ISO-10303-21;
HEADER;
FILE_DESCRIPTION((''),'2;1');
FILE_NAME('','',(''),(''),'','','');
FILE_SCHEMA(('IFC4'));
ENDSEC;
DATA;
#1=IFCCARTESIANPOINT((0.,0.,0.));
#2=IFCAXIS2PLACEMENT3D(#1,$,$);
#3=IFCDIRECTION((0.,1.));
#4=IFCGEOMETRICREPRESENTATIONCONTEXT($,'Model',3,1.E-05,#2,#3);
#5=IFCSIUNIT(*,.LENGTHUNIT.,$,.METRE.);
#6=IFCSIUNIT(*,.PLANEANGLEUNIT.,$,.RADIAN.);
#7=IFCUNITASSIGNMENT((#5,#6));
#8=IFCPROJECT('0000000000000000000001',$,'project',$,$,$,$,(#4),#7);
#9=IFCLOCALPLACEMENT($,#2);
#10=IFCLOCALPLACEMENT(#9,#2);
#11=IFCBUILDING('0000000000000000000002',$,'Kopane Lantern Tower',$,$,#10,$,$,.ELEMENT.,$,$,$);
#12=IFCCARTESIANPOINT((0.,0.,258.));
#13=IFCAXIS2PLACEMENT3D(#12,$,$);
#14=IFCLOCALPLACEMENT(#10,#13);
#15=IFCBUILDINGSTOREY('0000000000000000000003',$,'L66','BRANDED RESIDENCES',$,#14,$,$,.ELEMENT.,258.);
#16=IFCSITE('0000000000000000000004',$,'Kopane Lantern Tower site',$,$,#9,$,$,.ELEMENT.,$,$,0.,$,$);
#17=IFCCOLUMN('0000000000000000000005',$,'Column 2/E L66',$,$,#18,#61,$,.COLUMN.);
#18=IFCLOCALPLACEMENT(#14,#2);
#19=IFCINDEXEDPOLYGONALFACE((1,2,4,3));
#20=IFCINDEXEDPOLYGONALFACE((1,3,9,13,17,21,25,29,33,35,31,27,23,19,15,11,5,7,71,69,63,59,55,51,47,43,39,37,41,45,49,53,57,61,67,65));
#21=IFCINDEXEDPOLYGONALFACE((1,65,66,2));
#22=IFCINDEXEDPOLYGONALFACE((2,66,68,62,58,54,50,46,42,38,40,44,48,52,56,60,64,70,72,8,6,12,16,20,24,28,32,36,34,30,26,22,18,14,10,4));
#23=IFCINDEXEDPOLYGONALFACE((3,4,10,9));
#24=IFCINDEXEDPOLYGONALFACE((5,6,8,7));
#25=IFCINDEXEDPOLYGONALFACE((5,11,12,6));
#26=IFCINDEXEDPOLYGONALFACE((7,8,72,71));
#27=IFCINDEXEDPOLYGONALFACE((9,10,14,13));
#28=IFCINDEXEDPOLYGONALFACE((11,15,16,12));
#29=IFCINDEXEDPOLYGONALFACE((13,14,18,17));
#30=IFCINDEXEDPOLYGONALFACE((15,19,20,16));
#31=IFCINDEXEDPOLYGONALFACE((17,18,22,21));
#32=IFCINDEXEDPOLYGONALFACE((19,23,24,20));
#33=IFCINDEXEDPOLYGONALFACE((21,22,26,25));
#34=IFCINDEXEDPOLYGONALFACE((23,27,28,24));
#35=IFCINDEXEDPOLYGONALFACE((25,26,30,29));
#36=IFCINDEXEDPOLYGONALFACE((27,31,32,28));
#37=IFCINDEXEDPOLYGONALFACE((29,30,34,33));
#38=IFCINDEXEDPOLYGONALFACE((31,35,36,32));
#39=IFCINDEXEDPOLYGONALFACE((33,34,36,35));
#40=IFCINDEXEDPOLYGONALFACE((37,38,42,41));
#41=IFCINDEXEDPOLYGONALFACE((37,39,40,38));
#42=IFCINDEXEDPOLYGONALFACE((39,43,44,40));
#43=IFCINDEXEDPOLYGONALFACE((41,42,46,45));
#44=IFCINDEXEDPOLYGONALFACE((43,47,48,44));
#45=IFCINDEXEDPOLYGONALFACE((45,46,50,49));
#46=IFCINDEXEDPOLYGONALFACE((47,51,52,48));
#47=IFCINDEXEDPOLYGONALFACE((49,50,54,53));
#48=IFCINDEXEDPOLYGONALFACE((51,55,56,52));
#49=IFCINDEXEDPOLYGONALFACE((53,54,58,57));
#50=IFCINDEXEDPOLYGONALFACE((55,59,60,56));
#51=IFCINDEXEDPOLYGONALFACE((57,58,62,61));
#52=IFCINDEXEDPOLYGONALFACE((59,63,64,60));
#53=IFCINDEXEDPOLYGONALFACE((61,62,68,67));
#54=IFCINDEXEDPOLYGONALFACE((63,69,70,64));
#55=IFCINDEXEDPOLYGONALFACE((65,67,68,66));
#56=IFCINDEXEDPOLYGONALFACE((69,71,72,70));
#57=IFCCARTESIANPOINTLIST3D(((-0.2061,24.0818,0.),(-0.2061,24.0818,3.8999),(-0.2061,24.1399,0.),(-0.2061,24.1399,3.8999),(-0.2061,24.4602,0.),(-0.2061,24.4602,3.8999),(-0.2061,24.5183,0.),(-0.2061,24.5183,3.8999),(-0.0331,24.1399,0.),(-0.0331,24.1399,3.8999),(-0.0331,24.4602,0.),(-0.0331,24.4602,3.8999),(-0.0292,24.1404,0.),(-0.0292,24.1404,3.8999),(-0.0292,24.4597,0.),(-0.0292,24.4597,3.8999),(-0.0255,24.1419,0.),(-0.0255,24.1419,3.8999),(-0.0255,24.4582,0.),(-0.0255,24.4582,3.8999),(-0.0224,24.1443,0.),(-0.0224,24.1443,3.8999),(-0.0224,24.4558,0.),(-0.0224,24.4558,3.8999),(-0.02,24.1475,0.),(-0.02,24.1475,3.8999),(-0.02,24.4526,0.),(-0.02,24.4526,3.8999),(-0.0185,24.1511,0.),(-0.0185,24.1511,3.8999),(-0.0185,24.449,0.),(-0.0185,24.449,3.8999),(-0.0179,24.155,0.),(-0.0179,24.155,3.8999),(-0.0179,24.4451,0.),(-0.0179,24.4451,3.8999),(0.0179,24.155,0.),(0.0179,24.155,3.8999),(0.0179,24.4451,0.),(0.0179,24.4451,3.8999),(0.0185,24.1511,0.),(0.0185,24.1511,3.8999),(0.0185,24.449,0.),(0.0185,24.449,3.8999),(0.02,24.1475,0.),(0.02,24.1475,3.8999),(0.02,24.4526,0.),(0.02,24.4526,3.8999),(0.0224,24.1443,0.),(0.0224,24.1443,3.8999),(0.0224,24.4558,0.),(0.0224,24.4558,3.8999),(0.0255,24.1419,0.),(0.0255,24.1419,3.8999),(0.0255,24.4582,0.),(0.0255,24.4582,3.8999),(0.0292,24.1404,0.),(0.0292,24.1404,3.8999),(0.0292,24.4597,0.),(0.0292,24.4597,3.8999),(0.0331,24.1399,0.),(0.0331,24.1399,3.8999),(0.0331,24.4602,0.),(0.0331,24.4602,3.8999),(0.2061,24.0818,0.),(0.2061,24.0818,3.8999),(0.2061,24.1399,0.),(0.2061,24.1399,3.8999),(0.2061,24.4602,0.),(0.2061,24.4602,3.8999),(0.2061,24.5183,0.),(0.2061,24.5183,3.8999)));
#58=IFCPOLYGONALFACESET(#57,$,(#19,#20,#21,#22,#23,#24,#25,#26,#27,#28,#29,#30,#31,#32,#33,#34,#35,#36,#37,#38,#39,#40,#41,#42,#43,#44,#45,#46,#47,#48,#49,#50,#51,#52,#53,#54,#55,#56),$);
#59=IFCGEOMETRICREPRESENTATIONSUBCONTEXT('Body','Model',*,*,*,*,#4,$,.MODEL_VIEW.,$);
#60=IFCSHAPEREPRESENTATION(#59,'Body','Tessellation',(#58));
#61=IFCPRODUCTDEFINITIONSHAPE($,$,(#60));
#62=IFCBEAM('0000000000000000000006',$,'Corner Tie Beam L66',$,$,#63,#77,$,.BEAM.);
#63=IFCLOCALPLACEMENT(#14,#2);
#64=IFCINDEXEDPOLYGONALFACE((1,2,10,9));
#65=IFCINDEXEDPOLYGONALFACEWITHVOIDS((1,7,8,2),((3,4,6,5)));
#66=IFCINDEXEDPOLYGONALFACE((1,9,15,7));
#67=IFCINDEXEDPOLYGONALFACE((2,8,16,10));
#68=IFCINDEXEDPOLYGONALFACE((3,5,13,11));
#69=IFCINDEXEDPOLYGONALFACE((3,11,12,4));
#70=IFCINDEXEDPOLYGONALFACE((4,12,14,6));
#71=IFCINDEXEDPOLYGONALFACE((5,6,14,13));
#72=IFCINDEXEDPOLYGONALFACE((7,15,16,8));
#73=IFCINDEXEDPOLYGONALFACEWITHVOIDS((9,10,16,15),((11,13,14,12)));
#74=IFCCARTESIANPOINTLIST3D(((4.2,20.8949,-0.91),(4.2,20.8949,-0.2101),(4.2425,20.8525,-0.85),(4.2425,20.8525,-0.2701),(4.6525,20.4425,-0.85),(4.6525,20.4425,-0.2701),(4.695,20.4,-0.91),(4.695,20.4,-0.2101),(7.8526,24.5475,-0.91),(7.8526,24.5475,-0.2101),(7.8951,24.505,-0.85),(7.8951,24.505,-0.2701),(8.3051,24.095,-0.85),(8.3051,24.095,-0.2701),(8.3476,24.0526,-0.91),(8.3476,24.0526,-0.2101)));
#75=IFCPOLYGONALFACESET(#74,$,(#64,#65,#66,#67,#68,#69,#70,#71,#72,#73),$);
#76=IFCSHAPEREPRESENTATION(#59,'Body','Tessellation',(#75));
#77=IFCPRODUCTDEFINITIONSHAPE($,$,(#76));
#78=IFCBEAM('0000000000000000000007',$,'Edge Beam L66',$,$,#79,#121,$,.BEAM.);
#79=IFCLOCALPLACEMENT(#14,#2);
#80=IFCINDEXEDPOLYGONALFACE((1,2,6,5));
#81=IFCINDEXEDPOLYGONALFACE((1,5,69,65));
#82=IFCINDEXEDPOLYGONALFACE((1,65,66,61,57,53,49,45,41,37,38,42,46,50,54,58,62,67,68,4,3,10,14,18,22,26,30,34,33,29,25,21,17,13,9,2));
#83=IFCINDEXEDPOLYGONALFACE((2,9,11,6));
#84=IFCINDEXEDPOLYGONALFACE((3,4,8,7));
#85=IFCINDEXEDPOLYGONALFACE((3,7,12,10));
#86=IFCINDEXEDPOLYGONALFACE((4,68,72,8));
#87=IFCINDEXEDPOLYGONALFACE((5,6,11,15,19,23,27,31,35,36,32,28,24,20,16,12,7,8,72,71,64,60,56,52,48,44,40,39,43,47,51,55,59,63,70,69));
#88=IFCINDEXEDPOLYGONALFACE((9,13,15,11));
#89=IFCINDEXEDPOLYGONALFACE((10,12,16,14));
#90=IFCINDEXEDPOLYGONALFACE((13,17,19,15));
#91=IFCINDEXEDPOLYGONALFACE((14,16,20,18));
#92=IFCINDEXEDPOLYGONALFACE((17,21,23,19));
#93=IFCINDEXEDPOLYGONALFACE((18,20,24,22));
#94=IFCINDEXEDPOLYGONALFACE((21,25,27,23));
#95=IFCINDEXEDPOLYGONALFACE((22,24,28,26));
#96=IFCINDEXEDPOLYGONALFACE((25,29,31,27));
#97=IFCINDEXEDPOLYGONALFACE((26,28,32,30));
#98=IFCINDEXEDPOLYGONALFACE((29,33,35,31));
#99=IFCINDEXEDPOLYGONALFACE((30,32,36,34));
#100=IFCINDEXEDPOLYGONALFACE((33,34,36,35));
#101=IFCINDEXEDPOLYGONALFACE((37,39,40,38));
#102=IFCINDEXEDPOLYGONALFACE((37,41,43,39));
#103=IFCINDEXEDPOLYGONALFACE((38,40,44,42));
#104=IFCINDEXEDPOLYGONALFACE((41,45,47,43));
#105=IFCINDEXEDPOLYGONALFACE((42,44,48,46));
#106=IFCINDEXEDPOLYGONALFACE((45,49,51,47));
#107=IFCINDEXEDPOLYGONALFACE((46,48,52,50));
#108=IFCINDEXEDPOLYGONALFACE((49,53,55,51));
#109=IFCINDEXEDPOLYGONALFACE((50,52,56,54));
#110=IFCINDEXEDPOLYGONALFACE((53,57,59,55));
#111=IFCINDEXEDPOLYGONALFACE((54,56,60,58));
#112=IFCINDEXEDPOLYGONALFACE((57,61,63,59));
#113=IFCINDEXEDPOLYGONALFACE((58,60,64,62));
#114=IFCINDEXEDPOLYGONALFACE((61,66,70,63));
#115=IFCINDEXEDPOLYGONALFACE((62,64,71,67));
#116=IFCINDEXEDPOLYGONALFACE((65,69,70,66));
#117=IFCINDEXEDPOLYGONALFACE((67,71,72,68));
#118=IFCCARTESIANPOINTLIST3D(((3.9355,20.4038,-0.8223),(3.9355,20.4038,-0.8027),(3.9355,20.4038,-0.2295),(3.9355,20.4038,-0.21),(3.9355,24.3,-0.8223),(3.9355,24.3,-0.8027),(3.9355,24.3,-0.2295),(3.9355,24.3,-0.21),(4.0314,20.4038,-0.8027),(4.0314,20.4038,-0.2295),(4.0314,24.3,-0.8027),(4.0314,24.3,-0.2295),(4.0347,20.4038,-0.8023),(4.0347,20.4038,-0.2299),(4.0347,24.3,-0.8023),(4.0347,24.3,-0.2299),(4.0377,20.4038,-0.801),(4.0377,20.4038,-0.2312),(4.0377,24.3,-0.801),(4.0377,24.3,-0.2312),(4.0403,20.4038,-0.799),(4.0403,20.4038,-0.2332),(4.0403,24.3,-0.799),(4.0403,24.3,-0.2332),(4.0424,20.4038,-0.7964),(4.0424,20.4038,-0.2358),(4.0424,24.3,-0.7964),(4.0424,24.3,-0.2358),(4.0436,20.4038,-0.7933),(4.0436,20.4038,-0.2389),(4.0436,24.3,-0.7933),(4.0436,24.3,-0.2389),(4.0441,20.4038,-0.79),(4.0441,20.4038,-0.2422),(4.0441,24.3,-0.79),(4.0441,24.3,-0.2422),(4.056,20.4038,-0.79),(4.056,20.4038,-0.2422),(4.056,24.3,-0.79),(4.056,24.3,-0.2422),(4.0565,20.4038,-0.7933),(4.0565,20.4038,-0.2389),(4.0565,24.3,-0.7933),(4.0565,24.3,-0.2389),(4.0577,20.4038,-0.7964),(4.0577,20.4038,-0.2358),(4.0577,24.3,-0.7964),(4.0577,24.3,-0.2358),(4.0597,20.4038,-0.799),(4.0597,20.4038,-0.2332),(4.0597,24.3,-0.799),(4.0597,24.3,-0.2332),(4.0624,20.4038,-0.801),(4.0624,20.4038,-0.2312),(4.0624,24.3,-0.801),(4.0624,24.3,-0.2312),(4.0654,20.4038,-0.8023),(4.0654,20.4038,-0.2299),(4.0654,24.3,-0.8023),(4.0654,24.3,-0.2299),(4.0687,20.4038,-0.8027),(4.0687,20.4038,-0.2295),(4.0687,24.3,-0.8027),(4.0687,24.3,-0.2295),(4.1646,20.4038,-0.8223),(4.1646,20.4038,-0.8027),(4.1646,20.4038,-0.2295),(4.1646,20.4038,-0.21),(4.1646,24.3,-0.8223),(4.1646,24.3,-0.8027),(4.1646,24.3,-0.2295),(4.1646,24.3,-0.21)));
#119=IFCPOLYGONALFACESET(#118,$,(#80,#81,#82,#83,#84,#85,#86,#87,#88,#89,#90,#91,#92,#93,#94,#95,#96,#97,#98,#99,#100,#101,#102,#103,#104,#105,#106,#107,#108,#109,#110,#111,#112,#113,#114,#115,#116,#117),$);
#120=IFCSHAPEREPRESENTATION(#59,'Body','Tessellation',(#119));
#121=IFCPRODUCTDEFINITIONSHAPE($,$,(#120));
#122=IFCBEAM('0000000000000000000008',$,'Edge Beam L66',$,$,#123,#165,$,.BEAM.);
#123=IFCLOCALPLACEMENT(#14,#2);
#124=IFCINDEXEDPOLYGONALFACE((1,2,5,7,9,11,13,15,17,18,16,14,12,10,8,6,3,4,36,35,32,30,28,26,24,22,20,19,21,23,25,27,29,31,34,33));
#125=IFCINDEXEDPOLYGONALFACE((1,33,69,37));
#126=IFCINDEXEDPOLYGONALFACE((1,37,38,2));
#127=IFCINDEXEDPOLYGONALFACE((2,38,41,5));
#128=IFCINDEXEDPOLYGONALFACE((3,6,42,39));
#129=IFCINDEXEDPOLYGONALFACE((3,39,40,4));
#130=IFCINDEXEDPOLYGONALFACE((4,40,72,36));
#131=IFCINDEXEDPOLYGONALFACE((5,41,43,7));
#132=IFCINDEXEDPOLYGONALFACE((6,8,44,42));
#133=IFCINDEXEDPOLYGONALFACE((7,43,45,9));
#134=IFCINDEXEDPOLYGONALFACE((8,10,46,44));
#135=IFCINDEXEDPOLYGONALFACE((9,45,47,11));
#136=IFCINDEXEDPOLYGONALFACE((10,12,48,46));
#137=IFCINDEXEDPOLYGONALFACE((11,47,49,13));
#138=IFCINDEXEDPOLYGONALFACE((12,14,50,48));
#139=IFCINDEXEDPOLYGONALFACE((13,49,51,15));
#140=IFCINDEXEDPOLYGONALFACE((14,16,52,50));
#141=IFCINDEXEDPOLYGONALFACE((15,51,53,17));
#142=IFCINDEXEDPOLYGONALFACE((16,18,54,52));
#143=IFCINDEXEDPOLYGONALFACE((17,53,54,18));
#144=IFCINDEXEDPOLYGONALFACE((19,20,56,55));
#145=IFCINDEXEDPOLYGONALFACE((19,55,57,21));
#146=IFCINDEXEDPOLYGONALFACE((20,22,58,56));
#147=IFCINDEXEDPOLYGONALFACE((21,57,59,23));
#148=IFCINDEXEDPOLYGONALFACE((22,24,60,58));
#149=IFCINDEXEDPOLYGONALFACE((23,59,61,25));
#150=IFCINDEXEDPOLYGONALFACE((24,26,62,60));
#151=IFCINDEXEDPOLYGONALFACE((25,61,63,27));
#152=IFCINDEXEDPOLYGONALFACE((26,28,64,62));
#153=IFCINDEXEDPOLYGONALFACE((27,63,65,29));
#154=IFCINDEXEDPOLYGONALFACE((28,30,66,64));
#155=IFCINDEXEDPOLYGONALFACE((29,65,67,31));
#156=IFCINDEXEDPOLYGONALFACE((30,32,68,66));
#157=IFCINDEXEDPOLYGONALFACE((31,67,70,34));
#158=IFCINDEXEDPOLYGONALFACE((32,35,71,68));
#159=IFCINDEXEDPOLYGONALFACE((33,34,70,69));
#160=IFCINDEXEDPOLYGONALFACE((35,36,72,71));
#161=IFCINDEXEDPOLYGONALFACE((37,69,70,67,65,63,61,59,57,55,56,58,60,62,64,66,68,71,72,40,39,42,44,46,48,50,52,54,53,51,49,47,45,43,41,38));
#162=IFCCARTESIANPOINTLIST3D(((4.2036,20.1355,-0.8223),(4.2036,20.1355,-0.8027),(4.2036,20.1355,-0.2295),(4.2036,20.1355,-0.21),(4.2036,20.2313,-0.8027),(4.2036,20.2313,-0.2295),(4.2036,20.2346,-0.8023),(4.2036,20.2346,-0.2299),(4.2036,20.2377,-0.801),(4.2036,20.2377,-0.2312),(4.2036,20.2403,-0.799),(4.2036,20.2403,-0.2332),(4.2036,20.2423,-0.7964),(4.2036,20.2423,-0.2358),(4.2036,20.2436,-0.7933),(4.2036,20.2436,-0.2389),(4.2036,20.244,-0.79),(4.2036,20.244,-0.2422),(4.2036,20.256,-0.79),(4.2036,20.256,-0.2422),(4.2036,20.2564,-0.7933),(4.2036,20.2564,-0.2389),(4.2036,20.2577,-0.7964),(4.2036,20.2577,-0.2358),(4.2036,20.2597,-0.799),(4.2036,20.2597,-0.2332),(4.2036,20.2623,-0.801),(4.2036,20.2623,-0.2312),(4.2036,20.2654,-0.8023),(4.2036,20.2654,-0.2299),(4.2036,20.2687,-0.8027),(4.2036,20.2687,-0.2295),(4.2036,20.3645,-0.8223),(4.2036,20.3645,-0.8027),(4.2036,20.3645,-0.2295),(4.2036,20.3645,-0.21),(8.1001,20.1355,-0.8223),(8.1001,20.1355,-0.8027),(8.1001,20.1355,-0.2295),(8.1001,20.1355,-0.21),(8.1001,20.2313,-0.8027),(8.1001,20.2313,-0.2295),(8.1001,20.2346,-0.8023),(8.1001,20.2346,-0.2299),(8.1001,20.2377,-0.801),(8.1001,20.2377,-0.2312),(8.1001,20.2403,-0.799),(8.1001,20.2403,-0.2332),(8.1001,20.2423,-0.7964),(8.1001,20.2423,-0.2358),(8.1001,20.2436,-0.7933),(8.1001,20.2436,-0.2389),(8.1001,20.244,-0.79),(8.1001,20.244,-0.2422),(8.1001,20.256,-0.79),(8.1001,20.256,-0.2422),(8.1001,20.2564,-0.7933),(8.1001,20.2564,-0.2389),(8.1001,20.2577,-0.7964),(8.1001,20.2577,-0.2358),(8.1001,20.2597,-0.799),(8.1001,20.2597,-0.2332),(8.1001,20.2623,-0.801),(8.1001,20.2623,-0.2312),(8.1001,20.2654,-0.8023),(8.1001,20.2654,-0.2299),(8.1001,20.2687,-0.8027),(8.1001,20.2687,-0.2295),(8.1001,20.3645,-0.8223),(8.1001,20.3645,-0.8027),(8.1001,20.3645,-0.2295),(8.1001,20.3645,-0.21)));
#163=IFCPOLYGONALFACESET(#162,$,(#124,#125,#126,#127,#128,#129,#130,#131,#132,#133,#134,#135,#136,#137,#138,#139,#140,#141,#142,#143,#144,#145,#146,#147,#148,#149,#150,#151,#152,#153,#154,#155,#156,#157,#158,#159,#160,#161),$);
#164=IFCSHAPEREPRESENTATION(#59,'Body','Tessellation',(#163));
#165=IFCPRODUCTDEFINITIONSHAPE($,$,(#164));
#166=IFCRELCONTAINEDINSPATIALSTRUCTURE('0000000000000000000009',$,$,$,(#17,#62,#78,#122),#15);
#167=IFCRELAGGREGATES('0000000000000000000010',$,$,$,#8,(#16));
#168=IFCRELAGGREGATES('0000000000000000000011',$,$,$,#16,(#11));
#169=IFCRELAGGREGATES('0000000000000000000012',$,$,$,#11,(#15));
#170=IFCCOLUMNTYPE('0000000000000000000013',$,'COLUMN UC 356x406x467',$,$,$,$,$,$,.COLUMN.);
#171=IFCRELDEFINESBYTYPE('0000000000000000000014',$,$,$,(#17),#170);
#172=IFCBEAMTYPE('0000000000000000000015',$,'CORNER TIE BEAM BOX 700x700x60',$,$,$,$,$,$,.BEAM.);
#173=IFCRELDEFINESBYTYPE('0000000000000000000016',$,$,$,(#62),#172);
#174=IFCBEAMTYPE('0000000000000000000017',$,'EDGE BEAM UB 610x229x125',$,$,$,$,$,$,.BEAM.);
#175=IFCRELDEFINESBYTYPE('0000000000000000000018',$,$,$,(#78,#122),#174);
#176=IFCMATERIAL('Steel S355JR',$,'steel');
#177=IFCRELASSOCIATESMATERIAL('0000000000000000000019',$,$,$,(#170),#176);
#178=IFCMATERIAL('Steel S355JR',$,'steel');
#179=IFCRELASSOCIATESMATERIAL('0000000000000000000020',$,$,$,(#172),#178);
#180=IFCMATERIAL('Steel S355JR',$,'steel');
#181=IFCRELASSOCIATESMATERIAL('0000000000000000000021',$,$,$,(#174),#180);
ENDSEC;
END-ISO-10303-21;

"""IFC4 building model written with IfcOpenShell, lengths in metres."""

from ifc_helpers import new_model, si_unit, direction, frame, origin, origin_2d, place, context, subcontext, project, spatial, hollow_rectangle, i_section, extrude, material, material_profile, profile_set, type_object, element, save


model = new_model("IFC4")

# Units and contexts
model_context = context("Model", 3, precision=1e-05, world=origin(), true_north=direction((0.0, 1.0)))
body_context = subcontext(model_context, "Body", "Model", "MODEL_VIEW")
ifc_project = project(units=[si_unit("LENGTHUNIT", "METRE"), si_unit("PLANEANGLEUNIT", "RADIAN")], contexts=[model_context])

# Site, building, storey
site_placement = place(None, origin())
site = spatial("IfcSite", under=ifc_project, at=site_placement, Name="Kopane Lantern Tower site", CompositionType="ELEMENT", RefElevation=0.0)
building_placement = place(site_placement, origin())
building = spatial("IfcBuilding", under=site, at=building_placement, Name="Kopane Lantern Tower", CompositionType="ELEMENT")
storey_placement = place(building_placement, frame((0.0, 0.0, 258.0)))
storey = spatial("IfcBuildingStorey", under=building, at=storey_placement, Name="L66", Description="BRANDED RESIDENCES", CompositionType="ELEMENT", Elevation=258.0)

# Column
ifc_material_1 = material(Name="Steel S355JR", Category="steel")
ifc_material_profile_1 = material_profile(ifc_material_1, i_section(OverallWidth=0.4121, OverallDepth=0.4365, WebThickness=0.0359, FlangeThickness=0.0581, FilletRadius=0.0151, at=origin_2d()), Name="UC 356x406x467")
ifc_profile_set_1 = profile_set([ifc_material_profile_1], Name="Steel S355JR")
column_type = type_object("IfcColumnType", Name="COLUMN UC 356x406x467", PredefinedType="COLUMN", material=ifc_profile_set_1)
column_placement = place(storey_placement, frame((0.0, 24.3, 0.0), z_axis=(0.0, 0.0, 1.0), x_axis=(1.0, 0.0, 0.0)))
element("IfcColumn", 1, at=column_placement, inside=storey, type_object=column_type, Name="Column 2/E L66", PredefinedType="COLUMN", context=body_context, shape_type="SweptSolid", body=[
    extrude(i_section(OverallWidth=0.4121, OverallDepth=0.4365, WebThickness=0.0359, FlangeThickness=0.0581, FilletRadius=0.0151, at=origin_2d()), origin(), (0.0, 0.0, 1.0), 3.8999),
])

# Beams
ifc_material_2 = material(Name="Steel S355JR", Category="steel")
ifc_material_profile_2 = material_profile(ifc_material_2, hollow_rectangle(XDim=0.7, YDim=0.7, WallThickness=0.0601, at=origin_2d()), Name="BOX 700x700x60")
ifc_profile_set_2 = profile_set([ifc_material_profile_2], Name="Steel S355JR")
beam_type_1 = type_object("IfcBeamType", Name="CORNER TIE BEAM BOX 700x700x60", PredefinedType="BEAM", material=ifc_profile_set_2)
beam_1_placement = place(storey_placement, frame((4.4475, 20.6475, -0.5601), z_axis=(0.707107, 0.707107, 0.0), x_axis=(-0.707107, 0.707107, 0.0)))
element("IfcBeam", 2, at=beam_1_placement, inside=storey, type_object=beam_type_1, Name="Corner Tie Beam L66", PredefinedType="BEAM", context=body_context, shape_type="SweptSolid", body=[
    extrude(hollow_rectangle(XDim=0.7, YDim=0.7, WallThickness=0.0601, at=origin_2d()), origin(), (0.0, 0.0, 1.0), 5.1655),
])
ifc_material_3 = material(Name="Steel S355JR", Category="steel")
ifc_material_profile_3 = material_profile(ifc_material_3, i_section(OverallWidth=0.229, OverallDepth=0.6123, WebThickness=0.012, FlangeThickness=0.0195, FilletRadius=0.0127, at=origin_2d()), Name="UB 610x229x125")
ifc_profile_set_3 = profile_set([ifc_material_profile_3], Name="Steel S355JR")
beam_type_2 = type_object("IfcBeamType", Name="EDGE BEAM UB 610x229x125", PredefinedType="BEAM", material=ifc_profile_set_3)
beam_2_placement = place(storey_placement, frame((4.05, 20.4038, -0.5161), z_axis=(0.0, 1.0, 0.0), x_axis=(-1.0, 0.0, 0.0)))
element("IfcBeam", 3, at=beam_2_placement, inside=storey, type_object=beam_type_2, Name="Edge Beam L66", PredefinedType="BEAM", context=body_context, shape_type="SweptSolid", body=[
    extrude(i_section(OverallWidth=0.229, OverallDepth=0.6123, WebThickness=0.012, FlangeThickness=0.0195, FilletRadius=0.0127, at=origin_2d()), origin(), (0.0, 0.0, 1.0), 3.8962),
])
beam_3_placement = place(storey_placement, frame((4.2036, 20.25, -0.5161), z_axis=(1.0, 0.0, 0.0), x_axis=(0.0, 1.0, 0.0)))
element("IfcBeam", 4, at=beam_3_placement, inside=storey, type_object=beam_type_2, Name="Edge Beam L66", PredefinedType="BEAM", context=body_context, shape_type="SweptSolid", body=[
    extrude(i_section(OverallWidth=0.229, OverallDepth=0.6123, WebThickness=0.012, FlangeThickness=0.0195, FilletRadius=0.0127, at=origin_2d()), origin(), (0.0, 0.0, 1.0), 3.8965),
])

save(model, "model.ifc")
